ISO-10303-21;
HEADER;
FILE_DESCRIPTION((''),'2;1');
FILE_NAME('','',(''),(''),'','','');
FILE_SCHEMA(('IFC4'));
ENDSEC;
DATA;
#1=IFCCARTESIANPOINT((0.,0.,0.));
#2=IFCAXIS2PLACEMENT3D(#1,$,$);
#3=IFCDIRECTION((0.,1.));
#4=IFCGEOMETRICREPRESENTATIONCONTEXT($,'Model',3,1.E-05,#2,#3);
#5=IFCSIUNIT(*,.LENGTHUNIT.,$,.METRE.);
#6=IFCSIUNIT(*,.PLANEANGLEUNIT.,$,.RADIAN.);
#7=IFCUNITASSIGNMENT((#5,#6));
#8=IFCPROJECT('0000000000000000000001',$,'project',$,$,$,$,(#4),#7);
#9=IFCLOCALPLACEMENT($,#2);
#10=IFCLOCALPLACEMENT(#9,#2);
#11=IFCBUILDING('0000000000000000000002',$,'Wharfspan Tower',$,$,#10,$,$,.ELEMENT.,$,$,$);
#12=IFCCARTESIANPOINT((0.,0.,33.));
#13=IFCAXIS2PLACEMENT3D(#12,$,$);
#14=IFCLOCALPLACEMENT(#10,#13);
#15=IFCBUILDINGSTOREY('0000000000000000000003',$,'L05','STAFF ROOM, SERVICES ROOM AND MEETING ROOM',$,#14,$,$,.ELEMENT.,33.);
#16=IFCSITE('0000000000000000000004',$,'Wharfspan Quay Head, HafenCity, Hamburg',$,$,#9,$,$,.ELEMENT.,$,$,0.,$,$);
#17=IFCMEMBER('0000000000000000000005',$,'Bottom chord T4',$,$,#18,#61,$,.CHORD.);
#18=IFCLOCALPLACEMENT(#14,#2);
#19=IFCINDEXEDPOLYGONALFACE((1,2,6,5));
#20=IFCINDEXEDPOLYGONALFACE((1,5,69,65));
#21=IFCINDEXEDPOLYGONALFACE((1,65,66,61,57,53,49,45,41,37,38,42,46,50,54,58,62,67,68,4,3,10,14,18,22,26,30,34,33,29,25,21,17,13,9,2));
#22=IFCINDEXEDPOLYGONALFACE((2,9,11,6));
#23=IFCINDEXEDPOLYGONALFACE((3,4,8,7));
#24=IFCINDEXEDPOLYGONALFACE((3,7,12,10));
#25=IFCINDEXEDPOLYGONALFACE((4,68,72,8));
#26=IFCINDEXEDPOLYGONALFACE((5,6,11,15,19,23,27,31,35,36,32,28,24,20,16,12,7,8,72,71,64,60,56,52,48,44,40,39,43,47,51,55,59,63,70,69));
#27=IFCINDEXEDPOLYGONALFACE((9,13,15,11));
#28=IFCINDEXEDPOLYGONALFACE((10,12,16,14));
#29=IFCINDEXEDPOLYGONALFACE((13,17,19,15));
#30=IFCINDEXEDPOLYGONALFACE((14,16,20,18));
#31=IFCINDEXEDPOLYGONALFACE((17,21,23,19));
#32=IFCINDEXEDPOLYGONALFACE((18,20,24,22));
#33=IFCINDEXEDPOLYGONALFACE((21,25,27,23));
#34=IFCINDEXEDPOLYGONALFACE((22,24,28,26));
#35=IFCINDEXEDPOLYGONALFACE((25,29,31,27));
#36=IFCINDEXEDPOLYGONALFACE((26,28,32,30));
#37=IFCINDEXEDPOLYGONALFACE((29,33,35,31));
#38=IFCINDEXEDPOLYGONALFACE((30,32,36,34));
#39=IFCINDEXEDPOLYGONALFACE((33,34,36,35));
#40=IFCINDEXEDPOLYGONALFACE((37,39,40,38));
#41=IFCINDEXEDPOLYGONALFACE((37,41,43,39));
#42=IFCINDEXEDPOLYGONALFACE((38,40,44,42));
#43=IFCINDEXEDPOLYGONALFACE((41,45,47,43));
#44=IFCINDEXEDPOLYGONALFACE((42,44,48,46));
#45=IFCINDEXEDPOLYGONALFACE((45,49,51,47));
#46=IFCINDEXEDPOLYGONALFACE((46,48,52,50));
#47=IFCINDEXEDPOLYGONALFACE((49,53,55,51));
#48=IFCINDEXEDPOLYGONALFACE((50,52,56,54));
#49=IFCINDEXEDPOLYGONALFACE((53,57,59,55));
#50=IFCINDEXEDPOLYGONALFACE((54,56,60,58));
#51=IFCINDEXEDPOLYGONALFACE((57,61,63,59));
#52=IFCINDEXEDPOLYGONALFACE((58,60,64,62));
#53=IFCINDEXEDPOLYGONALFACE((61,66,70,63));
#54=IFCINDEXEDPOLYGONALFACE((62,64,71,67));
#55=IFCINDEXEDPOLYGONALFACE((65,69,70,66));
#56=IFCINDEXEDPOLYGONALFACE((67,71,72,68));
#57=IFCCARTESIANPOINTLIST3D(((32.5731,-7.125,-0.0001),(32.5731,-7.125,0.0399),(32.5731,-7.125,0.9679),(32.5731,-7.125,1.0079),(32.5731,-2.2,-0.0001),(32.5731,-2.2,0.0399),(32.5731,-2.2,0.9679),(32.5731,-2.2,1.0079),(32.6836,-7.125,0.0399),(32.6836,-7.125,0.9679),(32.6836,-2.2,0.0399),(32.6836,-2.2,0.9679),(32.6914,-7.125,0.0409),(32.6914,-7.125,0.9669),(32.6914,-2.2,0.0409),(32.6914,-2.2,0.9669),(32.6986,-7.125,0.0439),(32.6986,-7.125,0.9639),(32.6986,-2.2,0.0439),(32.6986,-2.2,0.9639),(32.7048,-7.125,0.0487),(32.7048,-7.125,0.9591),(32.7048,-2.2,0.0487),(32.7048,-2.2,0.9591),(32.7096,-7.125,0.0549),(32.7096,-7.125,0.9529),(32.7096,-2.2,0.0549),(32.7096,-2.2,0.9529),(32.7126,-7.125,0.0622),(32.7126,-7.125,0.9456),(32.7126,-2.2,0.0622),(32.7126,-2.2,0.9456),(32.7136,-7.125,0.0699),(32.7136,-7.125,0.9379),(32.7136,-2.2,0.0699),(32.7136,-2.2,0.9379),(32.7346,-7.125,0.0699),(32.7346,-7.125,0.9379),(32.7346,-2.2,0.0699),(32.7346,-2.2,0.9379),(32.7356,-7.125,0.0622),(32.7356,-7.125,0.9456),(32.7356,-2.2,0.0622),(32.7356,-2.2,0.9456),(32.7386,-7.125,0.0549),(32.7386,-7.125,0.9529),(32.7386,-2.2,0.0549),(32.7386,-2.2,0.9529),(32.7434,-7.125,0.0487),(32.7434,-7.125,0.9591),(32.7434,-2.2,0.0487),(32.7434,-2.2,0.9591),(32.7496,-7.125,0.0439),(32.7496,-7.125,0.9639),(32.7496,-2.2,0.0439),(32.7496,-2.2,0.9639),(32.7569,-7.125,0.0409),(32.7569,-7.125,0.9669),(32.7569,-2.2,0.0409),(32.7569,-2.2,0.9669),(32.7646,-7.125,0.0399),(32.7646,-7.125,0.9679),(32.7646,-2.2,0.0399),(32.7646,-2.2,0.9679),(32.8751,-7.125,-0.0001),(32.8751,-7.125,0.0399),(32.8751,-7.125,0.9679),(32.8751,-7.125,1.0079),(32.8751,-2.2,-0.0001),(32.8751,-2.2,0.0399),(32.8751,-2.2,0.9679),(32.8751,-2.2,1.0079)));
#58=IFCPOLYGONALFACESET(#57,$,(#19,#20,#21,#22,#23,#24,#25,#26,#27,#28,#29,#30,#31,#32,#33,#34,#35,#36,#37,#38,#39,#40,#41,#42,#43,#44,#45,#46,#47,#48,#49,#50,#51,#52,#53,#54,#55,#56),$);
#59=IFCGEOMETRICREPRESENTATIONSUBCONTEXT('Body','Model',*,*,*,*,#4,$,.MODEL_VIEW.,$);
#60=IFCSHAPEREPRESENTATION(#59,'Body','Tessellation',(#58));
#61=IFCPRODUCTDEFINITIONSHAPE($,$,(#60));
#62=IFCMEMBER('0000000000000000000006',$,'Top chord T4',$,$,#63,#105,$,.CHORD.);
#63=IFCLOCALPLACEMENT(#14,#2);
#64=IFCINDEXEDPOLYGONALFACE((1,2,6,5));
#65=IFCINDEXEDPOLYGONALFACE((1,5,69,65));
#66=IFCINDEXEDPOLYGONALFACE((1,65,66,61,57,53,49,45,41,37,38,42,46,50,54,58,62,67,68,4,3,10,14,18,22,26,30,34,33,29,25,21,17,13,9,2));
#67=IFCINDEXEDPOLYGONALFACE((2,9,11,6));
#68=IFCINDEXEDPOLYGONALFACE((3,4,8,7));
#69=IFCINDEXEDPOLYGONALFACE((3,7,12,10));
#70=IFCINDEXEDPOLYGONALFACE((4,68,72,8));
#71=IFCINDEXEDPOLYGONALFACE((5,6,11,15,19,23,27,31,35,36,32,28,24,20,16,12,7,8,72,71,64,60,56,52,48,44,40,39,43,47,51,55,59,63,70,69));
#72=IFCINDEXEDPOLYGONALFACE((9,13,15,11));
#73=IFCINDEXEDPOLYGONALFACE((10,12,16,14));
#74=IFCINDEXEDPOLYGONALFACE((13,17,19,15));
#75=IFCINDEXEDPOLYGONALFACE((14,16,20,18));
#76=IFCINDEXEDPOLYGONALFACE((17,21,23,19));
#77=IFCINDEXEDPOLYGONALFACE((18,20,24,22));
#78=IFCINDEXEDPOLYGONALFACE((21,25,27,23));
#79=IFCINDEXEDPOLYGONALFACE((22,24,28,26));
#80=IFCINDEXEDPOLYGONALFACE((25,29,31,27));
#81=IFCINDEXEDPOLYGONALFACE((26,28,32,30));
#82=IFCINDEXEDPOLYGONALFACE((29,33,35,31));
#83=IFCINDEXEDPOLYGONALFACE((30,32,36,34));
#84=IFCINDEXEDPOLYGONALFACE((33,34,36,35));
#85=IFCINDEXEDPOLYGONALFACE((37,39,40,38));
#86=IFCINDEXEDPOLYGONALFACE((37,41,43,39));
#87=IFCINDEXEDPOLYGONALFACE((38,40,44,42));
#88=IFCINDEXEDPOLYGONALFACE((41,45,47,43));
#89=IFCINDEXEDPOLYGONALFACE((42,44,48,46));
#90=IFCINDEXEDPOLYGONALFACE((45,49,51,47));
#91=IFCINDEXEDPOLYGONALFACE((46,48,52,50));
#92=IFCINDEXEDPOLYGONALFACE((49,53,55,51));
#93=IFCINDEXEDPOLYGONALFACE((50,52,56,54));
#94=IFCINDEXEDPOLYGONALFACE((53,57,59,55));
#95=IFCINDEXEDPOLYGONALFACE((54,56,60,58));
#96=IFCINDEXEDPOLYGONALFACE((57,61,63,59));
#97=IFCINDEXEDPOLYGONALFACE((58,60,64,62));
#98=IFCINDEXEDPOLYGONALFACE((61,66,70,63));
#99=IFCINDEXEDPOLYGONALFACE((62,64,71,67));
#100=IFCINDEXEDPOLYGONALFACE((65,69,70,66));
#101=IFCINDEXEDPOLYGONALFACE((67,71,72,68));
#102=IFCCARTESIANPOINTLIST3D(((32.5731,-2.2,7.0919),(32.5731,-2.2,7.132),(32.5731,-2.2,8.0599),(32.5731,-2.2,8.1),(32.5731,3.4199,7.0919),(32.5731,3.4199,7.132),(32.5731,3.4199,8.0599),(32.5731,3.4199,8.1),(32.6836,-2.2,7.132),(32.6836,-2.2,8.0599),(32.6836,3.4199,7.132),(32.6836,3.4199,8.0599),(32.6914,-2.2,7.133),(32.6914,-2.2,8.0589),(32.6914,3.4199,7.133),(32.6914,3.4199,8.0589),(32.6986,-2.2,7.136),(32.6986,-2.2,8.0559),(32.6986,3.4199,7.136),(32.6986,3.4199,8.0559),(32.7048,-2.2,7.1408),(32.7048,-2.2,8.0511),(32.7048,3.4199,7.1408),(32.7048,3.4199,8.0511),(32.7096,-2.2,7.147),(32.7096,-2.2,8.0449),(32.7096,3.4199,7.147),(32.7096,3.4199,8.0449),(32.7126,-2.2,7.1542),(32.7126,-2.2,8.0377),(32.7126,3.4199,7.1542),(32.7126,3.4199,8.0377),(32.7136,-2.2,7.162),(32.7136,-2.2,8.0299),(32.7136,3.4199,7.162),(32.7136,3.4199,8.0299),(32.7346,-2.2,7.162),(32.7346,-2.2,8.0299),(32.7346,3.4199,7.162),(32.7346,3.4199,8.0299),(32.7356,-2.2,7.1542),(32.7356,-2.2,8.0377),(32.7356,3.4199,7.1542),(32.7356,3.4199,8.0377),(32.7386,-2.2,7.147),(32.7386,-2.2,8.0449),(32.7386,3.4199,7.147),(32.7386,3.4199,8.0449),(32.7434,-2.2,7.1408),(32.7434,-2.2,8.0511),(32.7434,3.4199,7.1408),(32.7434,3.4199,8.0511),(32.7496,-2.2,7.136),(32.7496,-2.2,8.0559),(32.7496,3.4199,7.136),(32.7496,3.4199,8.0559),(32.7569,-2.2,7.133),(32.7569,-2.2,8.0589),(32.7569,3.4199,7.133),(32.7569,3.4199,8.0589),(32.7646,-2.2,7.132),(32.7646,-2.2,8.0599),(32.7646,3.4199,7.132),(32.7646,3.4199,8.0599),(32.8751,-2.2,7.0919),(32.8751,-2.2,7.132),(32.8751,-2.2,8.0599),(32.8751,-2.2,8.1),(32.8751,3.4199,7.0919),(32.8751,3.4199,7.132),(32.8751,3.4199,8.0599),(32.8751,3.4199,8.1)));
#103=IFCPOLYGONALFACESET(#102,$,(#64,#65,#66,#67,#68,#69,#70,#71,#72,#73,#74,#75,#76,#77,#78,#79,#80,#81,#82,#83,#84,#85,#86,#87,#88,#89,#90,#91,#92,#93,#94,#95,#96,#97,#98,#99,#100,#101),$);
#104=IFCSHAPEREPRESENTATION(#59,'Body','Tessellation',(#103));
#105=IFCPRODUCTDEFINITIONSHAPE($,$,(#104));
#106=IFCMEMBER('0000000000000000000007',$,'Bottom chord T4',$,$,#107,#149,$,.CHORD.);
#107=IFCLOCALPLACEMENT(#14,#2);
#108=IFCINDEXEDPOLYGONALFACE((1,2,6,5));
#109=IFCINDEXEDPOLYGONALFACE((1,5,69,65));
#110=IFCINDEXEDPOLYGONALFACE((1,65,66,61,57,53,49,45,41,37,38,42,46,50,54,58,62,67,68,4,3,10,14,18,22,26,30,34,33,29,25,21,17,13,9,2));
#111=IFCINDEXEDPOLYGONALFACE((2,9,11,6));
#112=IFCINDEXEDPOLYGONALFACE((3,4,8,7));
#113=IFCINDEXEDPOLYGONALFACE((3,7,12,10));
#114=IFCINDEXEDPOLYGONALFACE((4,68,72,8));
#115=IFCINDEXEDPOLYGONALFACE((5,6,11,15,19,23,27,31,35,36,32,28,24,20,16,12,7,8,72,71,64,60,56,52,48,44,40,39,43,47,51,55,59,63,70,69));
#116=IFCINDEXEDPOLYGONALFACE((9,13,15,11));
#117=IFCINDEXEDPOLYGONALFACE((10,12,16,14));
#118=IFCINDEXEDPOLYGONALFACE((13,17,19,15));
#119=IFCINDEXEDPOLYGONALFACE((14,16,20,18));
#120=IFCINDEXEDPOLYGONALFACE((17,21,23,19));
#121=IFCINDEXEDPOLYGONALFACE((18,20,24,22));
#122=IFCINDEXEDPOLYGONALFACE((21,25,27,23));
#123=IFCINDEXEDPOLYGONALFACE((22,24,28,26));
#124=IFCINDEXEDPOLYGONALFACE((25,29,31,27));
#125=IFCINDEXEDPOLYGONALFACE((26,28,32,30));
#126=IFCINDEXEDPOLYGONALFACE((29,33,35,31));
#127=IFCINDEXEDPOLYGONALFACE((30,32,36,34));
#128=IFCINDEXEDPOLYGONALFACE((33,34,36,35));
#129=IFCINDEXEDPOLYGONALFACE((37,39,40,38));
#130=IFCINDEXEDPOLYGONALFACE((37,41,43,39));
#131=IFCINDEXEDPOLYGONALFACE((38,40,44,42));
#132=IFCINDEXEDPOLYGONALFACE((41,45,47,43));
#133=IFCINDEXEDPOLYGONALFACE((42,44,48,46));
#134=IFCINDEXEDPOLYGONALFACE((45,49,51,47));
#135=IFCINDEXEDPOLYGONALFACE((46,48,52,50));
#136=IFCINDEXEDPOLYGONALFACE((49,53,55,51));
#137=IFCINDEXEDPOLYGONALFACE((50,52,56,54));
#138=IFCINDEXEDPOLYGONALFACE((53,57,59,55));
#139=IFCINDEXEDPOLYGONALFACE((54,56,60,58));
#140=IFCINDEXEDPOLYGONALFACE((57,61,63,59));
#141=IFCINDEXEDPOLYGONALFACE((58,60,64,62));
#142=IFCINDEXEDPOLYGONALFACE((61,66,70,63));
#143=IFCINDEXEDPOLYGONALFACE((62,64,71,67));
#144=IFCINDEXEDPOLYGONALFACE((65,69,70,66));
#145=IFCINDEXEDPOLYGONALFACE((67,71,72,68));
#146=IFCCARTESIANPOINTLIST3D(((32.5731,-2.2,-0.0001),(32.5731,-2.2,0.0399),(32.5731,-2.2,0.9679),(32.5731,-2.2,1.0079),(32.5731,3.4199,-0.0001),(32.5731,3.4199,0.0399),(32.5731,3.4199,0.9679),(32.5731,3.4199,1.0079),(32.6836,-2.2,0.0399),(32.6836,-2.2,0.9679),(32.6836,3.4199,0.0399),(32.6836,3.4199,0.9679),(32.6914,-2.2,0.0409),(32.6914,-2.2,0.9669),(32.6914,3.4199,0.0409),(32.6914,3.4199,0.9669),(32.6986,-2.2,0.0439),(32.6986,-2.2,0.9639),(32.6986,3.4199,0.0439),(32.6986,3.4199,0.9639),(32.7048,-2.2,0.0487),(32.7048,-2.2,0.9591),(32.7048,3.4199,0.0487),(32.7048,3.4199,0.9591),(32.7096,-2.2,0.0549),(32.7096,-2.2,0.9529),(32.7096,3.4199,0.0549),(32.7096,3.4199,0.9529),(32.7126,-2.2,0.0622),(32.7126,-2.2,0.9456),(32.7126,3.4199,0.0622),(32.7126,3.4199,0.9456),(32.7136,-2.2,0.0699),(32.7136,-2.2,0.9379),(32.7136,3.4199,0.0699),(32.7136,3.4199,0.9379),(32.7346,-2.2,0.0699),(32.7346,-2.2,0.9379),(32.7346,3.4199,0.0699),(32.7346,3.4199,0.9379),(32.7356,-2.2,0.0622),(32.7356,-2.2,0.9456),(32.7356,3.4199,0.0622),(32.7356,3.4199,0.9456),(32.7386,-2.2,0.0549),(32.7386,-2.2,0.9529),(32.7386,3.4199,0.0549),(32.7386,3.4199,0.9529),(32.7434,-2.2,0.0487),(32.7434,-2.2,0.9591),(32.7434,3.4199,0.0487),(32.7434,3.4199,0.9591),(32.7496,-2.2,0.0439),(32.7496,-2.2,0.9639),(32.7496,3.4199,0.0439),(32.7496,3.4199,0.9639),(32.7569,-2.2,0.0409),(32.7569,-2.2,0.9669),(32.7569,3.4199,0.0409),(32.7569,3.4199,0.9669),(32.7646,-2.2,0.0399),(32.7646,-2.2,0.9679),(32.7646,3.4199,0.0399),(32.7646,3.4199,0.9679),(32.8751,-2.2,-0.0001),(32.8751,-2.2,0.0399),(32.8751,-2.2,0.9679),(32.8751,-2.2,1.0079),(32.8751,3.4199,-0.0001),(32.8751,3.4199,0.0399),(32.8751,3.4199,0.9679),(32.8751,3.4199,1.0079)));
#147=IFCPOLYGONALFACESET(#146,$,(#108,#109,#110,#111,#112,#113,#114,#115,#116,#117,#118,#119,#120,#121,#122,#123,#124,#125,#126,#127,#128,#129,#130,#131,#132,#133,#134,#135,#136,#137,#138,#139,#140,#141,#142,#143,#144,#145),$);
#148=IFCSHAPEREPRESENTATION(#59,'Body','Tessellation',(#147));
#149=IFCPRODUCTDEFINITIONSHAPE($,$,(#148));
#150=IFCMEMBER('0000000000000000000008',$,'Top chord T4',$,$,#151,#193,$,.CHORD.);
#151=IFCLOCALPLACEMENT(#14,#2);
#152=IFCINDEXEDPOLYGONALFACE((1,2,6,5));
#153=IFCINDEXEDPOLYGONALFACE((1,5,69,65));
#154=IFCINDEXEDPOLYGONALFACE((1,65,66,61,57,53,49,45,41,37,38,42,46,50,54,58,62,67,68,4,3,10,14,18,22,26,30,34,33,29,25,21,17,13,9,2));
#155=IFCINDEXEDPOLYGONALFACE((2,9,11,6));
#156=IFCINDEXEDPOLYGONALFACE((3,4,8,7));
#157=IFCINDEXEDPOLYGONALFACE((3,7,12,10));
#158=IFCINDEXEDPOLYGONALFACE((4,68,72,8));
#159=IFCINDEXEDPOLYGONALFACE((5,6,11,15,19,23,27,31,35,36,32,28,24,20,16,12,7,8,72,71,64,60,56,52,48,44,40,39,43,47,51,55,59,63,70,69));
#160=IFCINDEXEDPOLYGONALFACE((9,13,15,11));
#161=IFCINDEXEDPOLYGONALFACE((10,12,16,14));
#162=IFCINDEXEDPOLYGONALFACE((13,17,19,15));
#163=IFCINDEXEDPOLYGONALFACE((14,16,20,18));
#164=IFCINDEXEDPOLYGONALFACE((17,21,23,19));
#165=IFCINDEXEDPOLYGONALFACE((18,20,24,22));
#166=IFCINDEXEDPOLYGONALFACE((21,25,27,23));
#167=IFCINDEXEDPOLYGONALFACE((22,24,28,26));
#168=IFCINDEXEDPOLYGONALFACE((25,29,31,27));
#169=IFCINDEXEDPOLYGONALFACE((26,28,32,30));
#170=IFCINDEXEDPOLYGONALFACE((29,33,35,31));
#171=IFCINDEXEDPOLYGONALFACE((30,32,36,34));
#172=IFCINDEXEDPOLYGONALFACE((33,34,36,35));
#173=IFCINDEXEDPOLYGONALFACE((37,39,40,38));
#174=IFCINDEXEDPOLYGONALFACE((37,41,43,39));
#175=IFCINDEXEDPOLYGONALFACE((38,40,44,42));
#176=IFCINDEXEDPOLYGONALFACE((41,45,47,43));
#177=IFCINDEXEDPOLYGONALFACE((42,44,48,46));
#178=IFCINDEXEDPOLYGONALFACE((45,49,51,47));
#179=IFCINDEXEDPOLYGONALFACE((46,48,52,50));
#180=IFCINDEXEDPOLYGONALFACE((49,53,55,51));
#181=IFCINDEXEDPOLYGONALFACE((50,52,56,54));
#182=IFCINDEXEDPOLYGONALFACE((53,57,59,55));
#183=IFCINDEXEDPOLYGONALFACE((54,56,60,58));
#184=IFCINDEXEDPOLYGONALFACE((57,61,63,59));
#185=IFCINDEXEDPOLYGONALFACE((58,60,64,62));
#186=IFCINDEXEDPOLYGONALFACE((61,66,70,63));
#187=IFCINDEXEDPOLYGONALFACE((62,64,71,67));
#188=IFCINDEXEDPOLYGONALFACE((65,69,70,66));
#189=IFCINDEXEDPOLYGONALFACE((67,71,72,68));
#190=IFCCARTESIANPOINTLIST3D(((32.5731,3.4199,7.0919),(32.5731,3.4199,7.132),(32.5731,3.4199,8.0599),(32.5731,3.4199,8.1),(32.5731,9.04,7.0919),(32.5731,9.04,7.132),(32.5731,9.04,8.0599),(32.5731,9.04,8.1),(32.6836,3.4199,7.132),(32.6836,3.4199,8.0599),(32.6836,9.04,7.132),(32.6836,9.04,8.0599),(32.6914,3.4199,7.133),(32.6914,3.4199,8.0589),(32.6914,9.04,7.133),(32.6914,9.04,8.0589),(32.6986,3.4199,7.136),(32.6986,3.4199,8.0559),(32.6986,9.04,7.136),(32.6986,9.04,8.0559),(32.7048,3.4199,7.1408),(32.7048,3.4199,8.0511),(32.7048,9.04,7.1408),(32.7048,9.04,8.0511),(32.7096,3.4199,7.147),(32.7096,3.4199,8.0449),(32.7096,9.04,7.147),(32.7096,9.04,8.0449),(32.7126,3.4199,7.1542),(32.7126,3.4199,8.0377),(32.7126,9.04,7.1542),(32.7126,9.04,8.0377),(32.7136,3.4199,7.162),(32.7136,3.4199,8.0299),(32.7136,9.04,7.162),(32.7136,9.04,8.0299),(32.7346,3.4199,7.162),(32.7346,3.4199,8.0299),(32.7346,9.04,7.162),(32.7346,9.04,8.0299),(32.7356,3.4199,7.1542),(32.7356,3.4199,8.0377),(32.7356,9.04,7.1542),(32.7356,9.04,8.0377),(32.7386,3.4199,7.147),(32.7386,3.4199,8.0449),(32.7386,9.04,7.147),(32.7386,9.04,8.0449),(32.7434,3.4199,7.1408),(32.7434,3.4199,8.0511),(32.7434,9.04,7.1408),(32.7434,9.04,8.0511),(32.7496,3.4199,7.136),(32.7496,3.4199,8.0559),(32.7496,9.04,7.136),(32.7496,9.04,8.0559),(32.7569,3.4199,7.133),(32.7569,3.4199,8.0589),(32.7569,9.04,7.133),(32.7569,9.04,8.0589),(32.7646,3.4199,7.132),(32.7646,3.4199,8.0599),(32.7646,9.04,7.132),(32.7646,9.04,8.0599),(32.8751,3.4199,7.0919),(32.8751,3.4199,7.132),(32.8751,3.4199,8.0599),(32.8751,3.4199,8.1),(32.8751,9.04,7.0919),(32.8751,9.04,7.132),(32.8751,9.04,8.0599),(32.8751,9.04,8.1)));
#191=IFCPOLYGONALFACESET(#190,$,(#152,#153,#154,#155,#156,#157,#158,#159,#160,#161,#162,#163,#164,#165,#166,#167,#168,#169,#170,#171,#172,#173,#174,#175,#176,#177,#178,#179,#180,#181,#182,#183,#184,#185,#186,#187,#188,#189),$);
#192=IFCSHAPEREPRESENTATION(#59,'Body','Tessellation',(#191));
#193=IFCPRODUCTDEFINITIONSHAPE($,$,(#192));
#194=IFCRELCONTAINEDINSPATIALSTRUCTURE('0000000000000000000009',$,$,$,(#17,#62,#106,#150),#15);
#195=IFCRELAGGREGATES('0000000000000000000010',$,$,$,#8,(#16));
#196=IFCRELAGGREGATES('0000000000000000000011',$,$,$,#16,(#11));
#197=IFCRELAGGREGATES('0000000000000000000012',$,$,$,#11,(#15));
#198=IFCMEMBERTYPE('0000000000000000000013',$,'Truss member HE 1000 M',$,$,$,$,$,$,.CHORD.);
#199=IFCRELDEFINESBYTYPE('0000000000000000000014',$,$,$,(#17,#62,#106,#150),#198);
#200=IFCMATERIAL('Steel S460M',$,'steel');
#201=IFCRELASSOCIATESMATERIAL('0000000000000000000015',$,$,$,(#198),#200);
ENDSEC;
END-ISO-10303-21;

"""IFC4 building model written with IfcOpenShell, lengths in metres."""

from ifc_helpers import new_model, si_unit, direction, frame, origin, origin_2d, place, context, subcontext, project, spatial, i_section, extrude, material, material_profile, profile_set, type_object, element, save


model = new_model("IFC4")

# Units and contexts
model_context = context("Model", 3, precision=1e-05, world=origin(), true_north=direction((0.0, 1.0)))
body_context = subcontext(model_context, "Body", "Model", "MODEL_VIEW")
ifc_project = project(units=[si_unit("LENGTHUNIT", "METRE"), si_unit("PLANEANGLEUNIT", "RADIAN")], contexts=[model_context])

# Site, building, storey
site_placement = place(None, origin())
site = spatial("IfcSite", under=ifc_project, at=site_placement, Name="Wharfspan Quay Head, HafenCity, Hamburg", CompositionType="ELEMENT", RefElevation=0.0)
building_placement = place(site_placement, origin())
building = spatial("IfcBuilding", under=site, at=building_placement, Name="Wharfspan Tower", CompositionType="ELEMENT")
storey_placement = place(building_placement, frame((0.0, 0.0, 33.0)))
storey = spatial("IfcBuildingStorey", under=building, at=storey_placement, Name="L05", Description="STAFF ROOM, SERVICES ROOM AND MEETING ROOM", CompositionType="ELEMENT", Elevation=33.0)

# Members
ifc_material_1 = material(Name="Steel S460M", Category="steel")
ifc_material_profile_1 = material_profile(ifc_material_1, i_section(OverallWidth=0.302, OverallDepth=1.0081, WebThickness=0.021, FlangeThickness=0.04, FilletRadius=0.03, at=origin_2d()))
ifc_profile_set_1 = profile_set([ifc_material_profile_1], Name="Steel S460M")
member_type_1 = type_object("IfcMemberType", Name="Truss member HE 1000 M", PredefinedType="CHORD", material=ifc_profile_set_1)
for number, where, z_axis, x_axis, name in (
    (1, (32.7241, -7.125, 0.5039), (0.0, 1.0, 0.0), (-1.0, 0.0, 0.0), "Bottom chord T4"),
):
    element("IfcMember", number, at=place(storey_placement, frame(where, z_axis=z_axis, x_axis=x_axis)), inside=storey, type_object=member_type_1, Name=name, PredefinedType="CHORD", context=body_context, shape_type="SweptSolid", body=[
        extrude(i_section(OverallWidth=0.302, OverallDepth=1.0081, WebThickness=0.021, FlangeThickness=0.04, FilletRadius=0.03, at=origin_2d()), origin(), (0.0, 0.0, 1.0), 4.925),
    ])
for number, where, z_axis, x_axis, name in (
    (2, (32.7241, -2.2, 7.5959), (0.0, 1.0, 0.0), (-1.0, 0.0, 0.0), "Top chord T4"),
    (3, (32.7241, -2.2, 0.5039), (0.0, 1.0, 0.0), (-1.0, 0.0, 0.0), "Bottom chord T4"),
):
    element("IfcMember", number, at=place(storey_placement, frame(where, z_axis=z_axis, x_axis=x_axis)), inside=storey, type_object=member_type_1, Name=name, PredefinedType="CHORD", context=body_context, shape_type="SweptSolid", body=[
        extrude(i_section(OverallWidth=0.302, OverallDepth=1.0081, WebThickness=0.021, FlangeThickness=0.04, FilletRadius=0.03, at=origin_2d()), origin(), (0.0, 0.0, 1.0), 5.6199),
    ])
for number, where, z_axis, x_axis, name in (
    (4, (32.7241, 3.4199, 7.5959), (0.0, 1.0, 0.0), (-1.0, 0.0, 0.0), "Top chord T4"),
):
    element("IfcMember", number, at=place(storey_placement, frame(where, z_axis=z_axis, x_axis=x_axis)), inside=storey, type_object=member_type_1, Name=name, PredefinedType="CHORD", context=body_context, shape_type="SweptSolid", body=[
        extrude(i_section(OverallWidth=0.302, OverallDepth=1.0081, WebThickness=0.021, FlangeThickness=0.04, FilletRadius=0.03, at=origin_2d()), origin(), (0.0, 0.0, 1.0), 5.6201),
    ])

save(model, "model.ifc")
